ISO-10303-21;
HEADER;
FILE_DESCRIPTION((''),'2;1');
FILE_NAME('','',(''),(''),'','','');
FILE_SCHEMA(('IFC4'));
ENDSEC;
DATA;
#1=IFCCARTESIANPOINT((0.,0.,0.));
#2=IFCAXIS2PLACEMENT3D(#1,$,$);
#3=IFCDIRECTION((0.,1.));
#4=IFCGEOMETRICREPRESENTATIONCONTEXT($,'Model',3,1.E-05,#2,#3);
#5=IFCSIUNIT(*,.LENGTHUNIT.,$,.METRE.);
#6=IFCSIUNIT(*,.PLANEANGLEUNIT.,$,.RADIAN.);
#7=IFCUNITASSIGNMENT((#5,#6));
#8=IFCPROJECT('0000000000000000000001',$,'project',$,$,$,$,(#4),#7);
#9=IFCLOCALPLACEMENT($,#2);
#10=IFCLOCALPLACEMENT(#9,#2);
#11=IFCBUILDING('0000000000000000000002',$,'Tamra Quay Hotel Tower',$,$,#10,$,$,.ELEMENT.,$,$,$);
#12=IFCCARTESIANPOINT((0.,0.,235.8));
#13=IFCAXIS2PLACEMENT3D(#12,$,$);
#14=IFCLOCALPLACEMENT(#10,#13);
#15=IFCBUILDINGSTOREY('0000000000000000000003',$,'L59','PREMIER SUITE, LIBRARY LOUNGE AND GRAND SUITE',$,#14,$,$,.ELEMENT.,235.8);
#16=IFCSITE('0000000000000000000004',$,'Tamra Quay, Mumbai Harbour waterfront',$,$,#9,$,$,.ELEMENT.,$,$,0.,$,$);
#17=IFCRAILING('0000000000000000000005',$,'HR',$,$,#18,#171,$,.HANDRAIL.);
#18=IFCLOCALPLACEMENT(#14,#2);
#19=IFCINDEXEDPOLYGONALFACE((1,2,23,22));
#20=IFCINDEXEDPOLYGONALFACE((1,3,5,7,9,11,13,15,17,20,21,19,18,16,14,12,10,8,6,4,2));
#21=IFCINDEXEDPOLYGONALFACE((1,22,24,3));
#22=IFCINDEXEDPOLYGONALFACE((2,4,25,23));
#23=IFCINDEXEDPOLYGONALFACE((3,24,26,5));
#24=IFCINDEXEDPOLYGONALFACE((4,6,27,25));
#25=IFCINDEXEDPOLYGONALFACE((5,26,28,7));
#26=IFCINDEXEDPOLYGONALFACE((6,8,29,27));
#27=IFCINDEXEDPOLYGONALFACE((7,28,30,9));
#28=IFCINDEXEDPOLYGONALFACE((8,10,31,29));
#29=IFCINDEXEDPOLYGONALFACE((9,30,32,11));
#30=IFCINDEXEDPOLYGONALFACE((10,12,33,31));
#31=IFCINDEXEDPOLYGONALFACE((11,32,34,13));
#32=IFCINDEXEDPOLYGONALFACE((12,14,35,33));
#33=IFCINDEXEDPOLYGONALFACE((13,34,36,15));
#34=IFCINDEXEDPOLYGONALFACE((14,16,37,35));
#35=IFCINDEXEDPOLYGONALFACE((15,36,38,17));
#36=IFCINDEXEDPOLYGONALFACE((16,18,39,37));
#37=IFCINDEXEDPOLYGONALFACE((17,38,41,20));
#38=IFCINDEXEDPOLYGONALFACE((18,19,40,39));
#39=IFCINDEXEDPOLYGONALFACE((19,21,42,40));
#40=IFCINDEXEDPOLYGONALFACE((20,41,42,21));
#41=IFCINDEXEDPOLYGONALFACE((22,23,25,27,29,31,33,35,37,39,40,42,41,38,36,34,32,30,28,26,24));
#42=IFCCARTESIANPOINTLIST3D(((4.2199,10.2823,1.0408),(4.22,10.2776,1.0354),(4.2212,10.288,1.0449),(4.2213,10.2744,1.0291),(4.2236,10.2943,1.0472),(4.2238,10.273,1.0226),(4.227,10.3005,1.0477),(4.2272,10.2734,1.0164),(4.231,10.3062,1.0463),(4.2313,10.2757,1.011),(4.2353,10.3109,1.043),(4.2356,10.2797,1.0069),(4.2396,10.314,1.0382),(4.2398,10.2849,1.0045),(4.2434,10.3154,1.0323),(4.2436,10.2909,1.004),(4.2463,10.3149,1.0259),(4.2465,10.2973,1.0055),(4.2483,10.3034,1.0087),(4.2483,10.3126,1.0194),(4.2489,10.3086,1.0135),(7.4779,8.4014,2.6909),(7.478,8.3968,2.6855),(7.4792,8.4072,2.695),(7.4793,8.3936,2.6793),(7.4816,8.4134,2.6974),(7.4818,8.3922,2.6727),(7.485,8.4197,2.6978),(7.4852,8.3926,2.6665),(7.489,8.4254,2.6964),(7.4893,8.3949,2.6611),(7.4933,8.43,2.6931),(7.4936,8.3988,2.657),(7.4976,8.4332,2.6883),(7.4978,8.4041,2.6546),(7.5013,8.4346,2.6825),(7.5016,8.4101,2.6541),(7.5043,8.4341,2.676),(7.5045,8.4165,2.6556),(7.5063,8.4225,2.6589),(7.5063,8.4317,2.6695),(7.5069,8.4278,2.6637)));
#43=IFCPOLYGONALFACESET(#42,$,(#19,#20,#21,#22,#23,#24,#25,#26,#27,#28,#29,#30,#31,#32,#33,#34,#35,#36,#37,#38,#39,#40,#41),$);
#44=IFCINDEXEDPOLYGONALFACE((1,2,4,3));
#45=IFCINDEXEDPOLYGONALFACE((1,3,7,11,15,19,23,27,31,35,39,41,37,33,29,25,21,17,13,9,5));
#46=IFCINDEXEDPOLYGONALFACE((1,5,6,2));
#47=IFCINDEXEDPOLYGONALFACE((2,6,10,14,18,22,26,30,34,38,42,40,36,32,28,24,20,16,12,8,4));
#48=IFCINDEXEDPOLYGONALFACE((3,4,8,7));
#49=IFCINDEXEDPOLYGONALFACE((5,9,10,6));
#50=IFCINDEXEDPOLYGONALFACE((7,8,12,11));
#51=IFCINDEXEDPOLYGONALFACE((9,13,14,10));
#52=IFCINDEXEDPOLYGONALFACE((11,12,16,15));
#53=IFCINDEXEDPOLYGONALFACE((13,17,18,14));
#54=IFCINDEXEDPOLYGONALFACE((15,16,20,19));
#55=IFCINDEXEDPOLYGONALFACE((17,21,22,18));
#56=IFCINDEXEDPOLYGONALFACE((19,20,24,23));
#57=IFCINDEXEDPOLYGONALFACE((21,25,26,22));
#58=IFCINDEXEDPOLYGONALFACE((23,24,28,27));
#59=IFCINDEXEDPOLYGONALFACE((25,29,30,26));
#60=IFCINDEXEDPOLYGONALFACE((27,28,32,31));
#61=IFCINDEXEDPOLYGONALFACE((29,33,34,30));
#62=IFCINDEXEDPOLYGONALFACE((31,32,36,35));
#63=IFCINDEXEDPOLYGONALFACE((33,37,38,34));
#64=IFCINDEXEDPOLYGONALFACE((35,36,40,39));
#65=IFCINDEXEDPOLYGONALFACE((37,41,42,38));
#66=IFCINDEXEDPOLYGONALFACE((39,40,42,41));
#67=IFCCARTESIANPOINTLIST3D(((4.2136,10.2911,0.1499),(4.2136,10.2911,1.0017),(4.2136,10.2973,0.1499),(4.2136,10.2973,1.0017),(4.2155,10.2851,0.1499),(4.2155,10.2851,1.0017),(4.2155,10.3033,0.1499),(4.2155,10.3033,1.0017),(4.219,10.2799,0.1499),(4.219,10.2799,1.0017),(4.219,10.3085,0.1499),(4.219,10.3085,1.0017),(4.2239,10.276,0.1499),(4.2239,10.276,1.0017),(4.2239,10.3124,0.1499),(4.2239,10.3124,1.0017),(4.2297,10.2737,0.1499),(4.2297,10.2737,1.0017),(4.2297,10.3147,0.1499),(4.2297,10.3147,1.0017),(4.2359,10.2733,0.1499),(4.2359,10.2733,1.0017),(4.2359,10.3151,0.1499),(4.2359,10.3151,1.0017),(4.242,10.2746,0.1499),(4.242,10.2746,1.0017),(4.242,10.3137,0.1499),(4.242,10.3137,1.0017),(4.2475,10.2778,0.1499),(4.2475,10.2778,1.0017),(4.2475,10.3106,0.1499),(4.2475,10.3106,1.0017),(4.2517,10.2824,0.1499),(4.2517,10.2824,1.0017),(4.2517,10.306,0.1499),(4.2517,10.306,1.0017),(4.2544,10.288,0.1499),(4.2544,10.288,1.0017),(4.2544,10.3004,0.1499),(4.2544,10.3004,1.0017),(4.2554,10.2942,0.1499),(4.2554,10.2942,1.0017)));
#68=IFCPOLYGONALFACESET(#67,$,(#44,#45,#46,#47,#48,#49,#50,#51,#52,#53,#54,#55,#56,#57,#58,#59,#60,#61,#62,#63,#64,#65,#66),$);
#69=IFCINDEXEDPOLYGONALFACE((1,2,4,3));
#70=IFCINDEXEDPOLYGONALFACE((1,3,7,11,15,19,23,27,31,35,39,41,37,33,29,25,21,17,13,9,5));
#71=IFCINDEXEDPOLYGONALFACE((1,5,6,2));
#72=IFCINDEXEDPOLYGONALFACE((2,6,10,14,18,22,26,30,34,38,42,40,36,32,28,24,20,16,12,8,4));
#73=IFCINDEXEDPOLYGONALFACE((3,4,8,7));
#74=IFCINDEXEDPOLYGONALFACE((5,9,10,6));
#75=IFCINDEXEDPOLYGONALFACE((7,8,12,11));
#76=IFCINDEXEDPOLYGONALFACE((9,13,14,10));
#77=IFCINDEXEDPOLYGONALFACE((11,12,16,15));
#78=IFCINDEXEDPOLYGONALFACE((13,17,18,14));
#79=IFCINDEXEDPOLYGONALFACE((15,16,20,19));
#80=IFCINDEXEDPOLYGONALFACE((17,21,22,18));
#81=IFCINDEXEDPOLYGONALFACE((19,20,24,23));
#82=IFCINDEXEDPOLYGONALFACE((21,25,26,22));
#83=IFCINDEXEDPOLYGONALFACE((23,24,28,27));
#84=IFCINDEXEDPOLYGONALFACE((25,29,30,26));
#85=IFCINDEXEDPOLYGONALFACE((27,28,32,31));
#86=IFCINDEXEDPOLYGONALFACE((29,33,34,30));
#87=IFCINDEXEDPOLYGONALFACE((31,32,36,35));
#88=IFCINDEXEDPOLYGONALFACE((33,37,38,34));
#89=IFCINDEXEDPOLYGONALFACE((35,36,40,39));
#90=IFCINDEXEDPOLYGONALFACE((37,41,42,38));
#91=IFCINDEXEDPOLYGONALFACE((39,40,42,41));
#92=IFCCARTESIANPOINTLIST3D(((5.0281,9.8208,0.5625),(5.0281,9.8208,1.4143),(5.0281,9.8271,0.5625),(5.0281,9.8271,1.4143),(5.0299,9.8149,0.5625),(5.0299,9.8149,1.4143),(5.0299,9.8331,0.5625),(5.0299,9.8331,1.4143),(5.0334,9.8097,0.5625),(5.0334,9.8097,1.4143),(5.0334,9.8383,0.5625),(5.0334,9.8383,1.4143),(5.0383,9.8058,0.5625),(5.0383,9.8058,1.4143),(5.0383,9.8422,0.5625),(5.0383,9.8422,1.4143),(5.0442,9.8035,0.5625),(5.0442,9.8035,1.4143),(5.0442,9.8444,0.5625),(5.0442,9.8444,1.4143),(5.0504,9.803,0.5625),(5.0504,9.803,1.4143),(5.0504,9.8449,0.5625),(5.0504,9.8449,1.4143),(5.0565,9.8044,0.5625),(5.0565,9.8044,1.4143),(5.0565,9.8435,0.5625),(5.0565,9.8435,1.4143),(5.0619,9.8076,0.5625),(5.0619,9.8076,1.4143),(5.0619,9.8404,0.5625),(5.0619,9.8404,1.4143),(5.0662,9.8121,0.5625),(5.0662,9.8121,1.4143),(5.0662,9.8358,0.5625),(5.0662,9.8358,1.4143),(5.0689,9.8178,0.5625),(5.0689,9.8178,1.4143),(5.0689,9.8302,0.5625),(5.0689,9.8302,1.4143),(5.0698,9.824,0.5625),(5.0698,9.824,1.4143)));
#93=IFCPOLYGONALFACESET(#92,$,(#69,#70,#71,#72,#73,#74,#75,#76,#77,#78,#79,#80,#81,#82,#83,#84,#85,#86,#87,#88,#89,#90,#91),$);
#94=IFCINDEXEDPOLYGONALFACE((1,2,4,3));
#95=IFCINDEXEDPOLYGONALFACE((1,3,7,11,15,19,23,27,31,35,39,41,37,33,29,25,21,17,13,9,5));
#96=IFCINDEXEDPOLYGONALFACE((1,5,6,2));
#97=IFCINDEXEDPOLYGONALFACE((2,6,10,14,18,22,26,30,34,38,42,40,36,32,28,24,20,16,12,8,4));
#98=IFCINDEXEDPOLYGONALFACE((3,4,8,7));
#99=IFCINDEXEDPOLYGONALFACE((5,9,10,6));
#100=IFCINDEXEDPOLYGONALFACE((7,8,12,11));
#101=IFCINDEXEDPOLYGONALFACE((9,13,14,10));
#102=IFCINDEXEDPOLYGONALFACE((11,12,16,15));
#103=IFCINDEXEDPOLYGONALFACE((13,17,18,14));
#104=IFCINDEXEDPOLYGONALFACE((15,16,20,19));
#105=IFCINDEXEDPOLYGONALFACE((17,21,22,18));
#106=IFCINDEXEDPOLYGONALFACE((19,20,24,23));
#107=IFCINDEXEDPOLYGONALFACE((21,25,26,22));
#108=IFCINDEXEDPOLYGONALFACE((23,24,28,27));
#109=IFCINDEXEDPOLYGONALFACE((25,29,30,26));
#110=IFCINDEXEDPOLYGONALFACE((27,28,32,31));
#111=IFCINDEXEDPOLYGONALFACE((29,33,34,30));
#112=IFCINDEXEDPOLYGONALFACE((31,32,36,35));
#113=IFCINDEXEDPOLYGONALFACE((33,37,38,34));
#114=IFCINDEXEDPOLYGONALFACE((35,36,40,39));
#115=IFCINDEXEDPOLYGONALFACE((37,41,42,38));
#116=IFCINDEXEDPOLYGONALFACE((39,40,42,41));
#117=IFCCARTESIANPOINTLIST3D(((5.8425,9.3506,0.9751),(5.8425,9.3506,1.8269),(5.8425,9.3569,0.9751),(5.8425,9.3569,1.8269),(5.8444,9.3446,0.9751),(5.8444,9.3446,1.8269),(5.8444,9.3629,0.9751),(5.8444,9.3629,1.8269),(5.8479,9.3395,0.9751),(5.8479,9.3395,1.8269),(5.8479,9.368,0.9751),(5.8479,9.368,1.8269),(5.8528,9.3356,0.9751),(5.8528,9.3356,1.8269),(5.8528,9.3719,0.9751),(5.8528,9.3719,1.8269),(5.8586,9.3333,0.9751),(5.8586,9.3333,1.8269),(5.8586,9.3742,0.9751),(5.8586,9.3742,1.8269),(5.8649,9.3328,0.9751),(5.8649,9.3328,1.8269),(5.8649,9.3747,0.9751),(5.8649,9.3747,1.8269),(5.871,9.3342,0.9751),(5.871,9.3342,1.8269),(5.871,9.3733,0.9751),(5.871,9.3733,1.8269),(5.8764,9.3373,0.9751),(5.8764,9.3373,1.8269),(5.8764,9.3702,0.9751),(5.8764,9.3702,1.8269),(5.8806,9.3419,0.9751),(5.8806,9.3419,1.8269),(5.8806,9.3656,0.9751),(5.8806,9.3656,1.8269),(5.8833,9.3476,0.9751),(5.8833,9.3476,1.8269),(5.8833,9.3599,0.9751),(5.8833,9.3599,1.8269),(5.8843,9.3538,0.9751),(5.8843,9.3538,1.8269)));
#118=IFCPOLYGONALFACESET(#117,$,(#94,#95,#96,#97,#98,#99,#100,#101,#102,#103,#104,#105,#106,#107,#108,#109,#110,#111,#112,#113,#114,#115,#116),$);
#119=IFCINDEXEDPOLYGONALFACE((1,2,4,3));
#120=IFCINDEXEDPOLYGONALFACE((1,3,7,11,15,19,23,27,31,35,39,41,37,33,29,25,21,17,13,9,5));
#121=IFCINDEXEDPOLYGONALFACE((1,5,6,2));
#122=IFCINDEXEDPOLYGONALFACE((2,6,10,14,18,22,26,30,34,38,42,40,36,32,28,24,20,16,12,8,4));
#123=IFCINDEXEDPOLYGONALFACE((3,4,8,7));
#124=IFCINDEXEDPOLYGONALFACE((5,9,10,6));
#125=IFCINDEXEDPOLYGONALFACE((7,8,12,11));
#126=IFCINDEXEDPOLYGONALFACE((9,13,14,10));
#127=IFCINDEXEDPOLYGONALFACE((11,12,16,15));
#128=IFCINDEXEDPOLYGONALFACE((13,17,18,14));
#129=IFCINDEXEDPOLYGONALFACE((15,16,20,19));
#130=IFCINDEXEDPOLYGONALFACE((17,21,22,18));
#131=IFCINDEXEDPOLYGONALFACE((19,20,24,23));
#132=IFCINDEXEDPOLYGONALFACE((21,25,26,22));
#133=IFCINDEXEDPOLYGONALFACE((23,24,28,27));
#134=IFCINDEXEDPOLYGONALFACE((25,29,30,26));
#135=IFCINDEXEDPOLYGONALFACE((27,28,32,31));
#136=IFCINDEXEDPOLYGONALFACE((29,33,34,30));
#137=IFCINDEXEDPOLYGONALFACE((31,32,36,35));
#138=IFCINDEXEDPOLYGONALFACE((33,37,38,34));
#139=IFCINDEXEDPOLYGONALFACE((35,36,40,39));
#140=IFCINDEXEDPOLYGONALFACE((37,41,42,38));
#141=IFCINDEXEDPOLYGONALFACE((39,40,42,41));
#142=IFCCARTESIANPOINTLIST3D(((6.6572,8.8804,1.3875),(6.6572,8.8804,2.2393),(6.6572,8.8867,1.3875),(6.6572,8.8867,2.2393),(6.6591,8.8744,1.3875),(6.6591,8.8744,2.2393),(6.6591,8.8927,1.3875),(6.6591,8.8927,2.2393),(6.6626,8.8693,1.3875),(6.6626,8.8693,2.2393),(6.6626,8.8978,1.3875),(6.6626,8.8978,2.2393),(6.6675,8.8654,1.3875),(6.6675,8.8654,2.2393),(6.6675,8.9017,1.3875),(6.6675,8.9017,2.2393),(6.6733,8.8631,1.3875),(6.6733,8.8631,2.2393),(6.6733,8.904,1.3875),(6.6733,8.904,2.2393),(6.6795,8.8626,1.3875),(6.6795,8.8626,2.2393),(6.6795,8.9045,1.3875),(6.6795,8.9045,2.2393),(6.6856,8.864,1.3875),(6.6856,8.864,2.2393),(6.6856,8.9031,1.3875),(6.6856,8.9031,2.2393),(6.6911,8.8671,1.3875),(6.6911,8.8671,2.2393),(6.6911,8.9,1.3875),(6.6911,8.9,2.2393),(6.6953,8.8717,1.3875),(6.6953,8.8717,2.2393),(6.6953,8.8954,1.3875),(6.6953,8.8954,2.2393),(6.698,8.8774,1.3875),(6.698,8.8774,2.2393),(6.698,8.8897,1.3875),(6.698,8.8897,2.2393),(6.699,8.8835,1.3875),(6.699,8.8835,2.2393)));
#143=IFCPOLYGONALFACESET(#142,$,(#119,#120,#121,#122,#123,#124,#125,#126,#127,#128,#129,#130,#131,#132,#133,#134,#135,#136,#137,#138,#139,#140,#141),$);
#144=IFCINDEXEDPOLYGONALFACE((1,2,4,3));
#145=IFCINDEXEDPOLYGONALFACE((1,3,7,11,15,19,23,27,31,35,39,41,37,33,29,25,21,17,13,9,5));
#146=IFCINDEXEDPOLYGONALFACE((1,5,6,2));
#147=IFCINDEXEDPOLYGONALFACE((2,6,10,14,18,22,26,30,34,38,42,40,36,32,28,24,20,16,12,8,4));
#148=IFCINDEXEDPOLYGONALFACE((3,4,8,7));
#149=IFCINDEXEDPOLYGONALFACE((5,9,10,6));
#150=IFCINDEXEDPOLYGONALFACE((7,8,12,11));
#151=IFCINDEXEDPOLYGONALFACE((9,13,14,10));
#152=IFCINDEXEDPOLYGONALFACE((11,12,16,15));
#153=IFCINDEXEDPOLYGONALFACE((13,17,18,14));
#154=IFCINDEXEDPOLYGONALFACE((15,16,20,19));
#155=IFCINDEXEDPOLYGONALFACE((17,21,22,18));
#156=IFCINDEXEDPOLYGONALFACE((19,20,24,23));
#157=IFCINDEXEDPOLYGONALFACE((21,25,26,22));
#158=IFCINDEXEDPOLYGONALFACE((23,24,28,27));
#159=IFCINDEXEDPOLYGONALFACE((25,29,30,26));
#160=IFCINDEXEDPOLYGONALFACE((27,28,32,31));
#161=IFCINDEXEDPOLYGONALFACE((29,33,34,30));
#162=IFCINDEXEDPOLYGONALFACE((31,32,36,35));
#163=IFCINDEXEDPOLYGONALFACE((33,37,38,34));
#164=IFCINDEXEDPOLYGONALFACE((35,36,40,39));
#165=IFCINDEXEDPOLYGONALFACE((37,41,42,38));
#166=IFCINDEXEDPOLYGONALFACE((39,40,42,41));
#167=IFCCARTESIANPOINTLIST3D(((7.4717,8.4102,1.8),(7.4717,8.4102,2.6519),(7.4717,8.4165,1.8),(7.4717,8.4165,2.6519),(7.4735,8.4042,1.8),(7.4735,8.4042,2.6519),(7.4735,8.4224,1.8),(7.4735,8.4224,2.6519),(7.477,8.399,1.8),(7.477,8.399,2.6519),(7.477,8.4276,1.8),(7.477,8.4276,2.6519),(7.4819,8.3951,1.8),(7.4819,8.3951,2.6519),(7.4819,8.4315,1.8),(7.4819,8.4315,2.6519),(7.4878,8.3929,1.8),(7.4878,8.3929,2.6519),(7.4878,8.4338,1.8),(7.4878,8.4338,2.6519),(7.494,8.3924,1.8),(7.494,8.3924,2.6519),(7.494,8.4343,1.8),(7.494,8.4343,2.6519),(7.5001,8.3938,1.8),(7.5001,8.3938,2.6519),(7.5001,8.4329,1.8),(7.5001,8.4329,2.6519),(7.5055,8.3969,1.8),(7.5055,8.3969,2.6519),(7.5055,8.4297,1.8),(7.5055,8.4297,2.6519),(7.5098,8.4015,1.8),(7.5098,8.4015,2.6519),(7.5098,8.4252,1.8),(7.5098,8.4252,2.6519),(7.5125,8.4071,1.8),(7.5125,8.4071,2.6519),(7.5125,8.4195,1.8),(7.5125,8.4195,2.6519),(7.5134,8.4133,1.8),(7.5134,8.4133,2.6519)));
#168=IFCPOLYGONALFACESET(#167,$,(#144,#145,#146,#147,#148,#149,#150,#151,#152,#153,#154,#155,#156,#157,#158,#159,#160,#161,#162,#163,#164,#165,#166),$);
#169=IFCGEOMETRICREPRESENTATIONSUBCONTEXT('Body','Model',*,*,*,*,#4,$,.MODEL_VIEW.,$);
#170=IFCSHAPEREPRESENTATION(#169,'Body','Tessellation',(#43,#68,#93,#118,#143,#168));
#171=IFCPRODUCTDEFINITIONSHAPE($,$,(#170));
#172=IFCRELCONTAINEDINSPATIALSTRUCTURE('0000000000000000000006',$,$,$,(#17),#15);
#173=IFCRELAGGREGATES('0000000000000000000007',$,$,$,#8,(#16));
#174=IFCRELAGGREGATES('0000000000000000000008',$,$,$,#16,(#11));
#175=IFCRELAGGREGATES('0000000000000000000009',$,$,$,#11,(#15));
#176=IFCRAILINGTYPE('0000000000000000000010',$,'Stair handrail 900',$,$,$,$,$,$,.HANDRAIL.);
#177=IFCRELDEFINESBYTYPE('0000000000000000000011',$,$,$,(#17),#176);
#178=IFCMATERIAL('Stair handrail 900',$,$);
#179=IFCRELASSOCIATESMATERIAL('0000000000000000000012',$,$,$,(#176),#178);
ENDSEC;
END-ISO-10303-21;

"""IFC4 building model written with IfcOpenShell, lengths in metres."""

from ifc_helpers import new_model, si_unit, direction, frame, origin, origin_2d, place, context, subcontext, project, spatial, circle, extrude, material, type_object, element, save


model = new_model("IFC4")

# Units and contexts
model_context = context("Model", 3, precision=1e-05, world=origin(), true_north=direction((0.0, 1.0)))
body_context = subcontext(model_context, "Body", "Model", "MODEL_VIEW")
ifc_project = project(units=[si_unit("LENGTHUNIT", "METRE"), si_unit("PLANEANGLEUNIT", "RADIAN")], contexts=[model_context])

# Site, building, storey
site_placement = place(None, origin())
site = spatial("IfcSite", under=ifc_project, at=site_placement, Name="Tamra Quay, Mumbai Harbour waterfront", CompositionType="ELEMENT", RefElevation=0.0)
building_placement = place(site_placement, origin())
building = spatial("IfcBuilding", under=site, at=building_placement, Name="Tamra Quay Hotel Tower", CompositionType="ELEMENT")
storey_placement = place(building_placement, frame((0.0, 0.0, 235.8)))
storey = spatial("IfcBuildingStorey", under=building, at=storey_placement, Name="L59", Description="PREMIER SUITE, LIBRARY LOUNGE AND GRAND SUITE", CompositionType="ELEMENT", Elevation=235.8)

# Railing
ifc_material_1 = material(Name="Stair handrail 900")
railing_type_1 = type_object("IfcRailingType", Name="Stair handrail 900", PredefinedType="HANDRAIL", material=ifc_material_1)
railing_1_placement = place(storey_placement, frame((4.2344, 10.2942, 0.1499)))
element("IfcRailing", 1, at=railing_1_placement, inside=storey, type_object=railing_type_1, Name="HR", PredefinedType="HANDRAIL", context=body_context, shape_type="SweptSolid", body=[
    extrude(circle(Radius=0.0239, at=origin_2d()), frame((0.0, 0.0, 0.876), z_axis=(0.793103, -0.457854, 0.401692), x_axis=(0.499964, 0.866046, 0.0)), (0.0, 0.0, 1.0), 4.1079),
    extrude(circle(Radius=0.021, at=origin_2d()), origin(), (0.0, 0.0, 1.0), 0.8518),
    extrude(circle(Radius=0.021, at=origin_2d()), frame((0.8145, -0.4702, 0.4126)), (0.0, 0.0, 1.0), 0.8518),
    extrude(circle(Radius=0.021, at=origin_2d()), frame((1.6289, -0.9404, 0.8252)), (0.0, 0.0, 1.0), 0.8518),
    extrude(circle(Radius=0.021, at=origin_2d()), frame((2.4436, -1.4106, 1.2375)), (0.0, 0.0, 1.0), 0.8518),
    extrude(circle(Radius=0.021, at=origin_2d()), frame((3.2581, -1.8809, 1.6501)), (0.0, 0.0, 1.0), 0.8518),
])

save(model, "model.ifc")
